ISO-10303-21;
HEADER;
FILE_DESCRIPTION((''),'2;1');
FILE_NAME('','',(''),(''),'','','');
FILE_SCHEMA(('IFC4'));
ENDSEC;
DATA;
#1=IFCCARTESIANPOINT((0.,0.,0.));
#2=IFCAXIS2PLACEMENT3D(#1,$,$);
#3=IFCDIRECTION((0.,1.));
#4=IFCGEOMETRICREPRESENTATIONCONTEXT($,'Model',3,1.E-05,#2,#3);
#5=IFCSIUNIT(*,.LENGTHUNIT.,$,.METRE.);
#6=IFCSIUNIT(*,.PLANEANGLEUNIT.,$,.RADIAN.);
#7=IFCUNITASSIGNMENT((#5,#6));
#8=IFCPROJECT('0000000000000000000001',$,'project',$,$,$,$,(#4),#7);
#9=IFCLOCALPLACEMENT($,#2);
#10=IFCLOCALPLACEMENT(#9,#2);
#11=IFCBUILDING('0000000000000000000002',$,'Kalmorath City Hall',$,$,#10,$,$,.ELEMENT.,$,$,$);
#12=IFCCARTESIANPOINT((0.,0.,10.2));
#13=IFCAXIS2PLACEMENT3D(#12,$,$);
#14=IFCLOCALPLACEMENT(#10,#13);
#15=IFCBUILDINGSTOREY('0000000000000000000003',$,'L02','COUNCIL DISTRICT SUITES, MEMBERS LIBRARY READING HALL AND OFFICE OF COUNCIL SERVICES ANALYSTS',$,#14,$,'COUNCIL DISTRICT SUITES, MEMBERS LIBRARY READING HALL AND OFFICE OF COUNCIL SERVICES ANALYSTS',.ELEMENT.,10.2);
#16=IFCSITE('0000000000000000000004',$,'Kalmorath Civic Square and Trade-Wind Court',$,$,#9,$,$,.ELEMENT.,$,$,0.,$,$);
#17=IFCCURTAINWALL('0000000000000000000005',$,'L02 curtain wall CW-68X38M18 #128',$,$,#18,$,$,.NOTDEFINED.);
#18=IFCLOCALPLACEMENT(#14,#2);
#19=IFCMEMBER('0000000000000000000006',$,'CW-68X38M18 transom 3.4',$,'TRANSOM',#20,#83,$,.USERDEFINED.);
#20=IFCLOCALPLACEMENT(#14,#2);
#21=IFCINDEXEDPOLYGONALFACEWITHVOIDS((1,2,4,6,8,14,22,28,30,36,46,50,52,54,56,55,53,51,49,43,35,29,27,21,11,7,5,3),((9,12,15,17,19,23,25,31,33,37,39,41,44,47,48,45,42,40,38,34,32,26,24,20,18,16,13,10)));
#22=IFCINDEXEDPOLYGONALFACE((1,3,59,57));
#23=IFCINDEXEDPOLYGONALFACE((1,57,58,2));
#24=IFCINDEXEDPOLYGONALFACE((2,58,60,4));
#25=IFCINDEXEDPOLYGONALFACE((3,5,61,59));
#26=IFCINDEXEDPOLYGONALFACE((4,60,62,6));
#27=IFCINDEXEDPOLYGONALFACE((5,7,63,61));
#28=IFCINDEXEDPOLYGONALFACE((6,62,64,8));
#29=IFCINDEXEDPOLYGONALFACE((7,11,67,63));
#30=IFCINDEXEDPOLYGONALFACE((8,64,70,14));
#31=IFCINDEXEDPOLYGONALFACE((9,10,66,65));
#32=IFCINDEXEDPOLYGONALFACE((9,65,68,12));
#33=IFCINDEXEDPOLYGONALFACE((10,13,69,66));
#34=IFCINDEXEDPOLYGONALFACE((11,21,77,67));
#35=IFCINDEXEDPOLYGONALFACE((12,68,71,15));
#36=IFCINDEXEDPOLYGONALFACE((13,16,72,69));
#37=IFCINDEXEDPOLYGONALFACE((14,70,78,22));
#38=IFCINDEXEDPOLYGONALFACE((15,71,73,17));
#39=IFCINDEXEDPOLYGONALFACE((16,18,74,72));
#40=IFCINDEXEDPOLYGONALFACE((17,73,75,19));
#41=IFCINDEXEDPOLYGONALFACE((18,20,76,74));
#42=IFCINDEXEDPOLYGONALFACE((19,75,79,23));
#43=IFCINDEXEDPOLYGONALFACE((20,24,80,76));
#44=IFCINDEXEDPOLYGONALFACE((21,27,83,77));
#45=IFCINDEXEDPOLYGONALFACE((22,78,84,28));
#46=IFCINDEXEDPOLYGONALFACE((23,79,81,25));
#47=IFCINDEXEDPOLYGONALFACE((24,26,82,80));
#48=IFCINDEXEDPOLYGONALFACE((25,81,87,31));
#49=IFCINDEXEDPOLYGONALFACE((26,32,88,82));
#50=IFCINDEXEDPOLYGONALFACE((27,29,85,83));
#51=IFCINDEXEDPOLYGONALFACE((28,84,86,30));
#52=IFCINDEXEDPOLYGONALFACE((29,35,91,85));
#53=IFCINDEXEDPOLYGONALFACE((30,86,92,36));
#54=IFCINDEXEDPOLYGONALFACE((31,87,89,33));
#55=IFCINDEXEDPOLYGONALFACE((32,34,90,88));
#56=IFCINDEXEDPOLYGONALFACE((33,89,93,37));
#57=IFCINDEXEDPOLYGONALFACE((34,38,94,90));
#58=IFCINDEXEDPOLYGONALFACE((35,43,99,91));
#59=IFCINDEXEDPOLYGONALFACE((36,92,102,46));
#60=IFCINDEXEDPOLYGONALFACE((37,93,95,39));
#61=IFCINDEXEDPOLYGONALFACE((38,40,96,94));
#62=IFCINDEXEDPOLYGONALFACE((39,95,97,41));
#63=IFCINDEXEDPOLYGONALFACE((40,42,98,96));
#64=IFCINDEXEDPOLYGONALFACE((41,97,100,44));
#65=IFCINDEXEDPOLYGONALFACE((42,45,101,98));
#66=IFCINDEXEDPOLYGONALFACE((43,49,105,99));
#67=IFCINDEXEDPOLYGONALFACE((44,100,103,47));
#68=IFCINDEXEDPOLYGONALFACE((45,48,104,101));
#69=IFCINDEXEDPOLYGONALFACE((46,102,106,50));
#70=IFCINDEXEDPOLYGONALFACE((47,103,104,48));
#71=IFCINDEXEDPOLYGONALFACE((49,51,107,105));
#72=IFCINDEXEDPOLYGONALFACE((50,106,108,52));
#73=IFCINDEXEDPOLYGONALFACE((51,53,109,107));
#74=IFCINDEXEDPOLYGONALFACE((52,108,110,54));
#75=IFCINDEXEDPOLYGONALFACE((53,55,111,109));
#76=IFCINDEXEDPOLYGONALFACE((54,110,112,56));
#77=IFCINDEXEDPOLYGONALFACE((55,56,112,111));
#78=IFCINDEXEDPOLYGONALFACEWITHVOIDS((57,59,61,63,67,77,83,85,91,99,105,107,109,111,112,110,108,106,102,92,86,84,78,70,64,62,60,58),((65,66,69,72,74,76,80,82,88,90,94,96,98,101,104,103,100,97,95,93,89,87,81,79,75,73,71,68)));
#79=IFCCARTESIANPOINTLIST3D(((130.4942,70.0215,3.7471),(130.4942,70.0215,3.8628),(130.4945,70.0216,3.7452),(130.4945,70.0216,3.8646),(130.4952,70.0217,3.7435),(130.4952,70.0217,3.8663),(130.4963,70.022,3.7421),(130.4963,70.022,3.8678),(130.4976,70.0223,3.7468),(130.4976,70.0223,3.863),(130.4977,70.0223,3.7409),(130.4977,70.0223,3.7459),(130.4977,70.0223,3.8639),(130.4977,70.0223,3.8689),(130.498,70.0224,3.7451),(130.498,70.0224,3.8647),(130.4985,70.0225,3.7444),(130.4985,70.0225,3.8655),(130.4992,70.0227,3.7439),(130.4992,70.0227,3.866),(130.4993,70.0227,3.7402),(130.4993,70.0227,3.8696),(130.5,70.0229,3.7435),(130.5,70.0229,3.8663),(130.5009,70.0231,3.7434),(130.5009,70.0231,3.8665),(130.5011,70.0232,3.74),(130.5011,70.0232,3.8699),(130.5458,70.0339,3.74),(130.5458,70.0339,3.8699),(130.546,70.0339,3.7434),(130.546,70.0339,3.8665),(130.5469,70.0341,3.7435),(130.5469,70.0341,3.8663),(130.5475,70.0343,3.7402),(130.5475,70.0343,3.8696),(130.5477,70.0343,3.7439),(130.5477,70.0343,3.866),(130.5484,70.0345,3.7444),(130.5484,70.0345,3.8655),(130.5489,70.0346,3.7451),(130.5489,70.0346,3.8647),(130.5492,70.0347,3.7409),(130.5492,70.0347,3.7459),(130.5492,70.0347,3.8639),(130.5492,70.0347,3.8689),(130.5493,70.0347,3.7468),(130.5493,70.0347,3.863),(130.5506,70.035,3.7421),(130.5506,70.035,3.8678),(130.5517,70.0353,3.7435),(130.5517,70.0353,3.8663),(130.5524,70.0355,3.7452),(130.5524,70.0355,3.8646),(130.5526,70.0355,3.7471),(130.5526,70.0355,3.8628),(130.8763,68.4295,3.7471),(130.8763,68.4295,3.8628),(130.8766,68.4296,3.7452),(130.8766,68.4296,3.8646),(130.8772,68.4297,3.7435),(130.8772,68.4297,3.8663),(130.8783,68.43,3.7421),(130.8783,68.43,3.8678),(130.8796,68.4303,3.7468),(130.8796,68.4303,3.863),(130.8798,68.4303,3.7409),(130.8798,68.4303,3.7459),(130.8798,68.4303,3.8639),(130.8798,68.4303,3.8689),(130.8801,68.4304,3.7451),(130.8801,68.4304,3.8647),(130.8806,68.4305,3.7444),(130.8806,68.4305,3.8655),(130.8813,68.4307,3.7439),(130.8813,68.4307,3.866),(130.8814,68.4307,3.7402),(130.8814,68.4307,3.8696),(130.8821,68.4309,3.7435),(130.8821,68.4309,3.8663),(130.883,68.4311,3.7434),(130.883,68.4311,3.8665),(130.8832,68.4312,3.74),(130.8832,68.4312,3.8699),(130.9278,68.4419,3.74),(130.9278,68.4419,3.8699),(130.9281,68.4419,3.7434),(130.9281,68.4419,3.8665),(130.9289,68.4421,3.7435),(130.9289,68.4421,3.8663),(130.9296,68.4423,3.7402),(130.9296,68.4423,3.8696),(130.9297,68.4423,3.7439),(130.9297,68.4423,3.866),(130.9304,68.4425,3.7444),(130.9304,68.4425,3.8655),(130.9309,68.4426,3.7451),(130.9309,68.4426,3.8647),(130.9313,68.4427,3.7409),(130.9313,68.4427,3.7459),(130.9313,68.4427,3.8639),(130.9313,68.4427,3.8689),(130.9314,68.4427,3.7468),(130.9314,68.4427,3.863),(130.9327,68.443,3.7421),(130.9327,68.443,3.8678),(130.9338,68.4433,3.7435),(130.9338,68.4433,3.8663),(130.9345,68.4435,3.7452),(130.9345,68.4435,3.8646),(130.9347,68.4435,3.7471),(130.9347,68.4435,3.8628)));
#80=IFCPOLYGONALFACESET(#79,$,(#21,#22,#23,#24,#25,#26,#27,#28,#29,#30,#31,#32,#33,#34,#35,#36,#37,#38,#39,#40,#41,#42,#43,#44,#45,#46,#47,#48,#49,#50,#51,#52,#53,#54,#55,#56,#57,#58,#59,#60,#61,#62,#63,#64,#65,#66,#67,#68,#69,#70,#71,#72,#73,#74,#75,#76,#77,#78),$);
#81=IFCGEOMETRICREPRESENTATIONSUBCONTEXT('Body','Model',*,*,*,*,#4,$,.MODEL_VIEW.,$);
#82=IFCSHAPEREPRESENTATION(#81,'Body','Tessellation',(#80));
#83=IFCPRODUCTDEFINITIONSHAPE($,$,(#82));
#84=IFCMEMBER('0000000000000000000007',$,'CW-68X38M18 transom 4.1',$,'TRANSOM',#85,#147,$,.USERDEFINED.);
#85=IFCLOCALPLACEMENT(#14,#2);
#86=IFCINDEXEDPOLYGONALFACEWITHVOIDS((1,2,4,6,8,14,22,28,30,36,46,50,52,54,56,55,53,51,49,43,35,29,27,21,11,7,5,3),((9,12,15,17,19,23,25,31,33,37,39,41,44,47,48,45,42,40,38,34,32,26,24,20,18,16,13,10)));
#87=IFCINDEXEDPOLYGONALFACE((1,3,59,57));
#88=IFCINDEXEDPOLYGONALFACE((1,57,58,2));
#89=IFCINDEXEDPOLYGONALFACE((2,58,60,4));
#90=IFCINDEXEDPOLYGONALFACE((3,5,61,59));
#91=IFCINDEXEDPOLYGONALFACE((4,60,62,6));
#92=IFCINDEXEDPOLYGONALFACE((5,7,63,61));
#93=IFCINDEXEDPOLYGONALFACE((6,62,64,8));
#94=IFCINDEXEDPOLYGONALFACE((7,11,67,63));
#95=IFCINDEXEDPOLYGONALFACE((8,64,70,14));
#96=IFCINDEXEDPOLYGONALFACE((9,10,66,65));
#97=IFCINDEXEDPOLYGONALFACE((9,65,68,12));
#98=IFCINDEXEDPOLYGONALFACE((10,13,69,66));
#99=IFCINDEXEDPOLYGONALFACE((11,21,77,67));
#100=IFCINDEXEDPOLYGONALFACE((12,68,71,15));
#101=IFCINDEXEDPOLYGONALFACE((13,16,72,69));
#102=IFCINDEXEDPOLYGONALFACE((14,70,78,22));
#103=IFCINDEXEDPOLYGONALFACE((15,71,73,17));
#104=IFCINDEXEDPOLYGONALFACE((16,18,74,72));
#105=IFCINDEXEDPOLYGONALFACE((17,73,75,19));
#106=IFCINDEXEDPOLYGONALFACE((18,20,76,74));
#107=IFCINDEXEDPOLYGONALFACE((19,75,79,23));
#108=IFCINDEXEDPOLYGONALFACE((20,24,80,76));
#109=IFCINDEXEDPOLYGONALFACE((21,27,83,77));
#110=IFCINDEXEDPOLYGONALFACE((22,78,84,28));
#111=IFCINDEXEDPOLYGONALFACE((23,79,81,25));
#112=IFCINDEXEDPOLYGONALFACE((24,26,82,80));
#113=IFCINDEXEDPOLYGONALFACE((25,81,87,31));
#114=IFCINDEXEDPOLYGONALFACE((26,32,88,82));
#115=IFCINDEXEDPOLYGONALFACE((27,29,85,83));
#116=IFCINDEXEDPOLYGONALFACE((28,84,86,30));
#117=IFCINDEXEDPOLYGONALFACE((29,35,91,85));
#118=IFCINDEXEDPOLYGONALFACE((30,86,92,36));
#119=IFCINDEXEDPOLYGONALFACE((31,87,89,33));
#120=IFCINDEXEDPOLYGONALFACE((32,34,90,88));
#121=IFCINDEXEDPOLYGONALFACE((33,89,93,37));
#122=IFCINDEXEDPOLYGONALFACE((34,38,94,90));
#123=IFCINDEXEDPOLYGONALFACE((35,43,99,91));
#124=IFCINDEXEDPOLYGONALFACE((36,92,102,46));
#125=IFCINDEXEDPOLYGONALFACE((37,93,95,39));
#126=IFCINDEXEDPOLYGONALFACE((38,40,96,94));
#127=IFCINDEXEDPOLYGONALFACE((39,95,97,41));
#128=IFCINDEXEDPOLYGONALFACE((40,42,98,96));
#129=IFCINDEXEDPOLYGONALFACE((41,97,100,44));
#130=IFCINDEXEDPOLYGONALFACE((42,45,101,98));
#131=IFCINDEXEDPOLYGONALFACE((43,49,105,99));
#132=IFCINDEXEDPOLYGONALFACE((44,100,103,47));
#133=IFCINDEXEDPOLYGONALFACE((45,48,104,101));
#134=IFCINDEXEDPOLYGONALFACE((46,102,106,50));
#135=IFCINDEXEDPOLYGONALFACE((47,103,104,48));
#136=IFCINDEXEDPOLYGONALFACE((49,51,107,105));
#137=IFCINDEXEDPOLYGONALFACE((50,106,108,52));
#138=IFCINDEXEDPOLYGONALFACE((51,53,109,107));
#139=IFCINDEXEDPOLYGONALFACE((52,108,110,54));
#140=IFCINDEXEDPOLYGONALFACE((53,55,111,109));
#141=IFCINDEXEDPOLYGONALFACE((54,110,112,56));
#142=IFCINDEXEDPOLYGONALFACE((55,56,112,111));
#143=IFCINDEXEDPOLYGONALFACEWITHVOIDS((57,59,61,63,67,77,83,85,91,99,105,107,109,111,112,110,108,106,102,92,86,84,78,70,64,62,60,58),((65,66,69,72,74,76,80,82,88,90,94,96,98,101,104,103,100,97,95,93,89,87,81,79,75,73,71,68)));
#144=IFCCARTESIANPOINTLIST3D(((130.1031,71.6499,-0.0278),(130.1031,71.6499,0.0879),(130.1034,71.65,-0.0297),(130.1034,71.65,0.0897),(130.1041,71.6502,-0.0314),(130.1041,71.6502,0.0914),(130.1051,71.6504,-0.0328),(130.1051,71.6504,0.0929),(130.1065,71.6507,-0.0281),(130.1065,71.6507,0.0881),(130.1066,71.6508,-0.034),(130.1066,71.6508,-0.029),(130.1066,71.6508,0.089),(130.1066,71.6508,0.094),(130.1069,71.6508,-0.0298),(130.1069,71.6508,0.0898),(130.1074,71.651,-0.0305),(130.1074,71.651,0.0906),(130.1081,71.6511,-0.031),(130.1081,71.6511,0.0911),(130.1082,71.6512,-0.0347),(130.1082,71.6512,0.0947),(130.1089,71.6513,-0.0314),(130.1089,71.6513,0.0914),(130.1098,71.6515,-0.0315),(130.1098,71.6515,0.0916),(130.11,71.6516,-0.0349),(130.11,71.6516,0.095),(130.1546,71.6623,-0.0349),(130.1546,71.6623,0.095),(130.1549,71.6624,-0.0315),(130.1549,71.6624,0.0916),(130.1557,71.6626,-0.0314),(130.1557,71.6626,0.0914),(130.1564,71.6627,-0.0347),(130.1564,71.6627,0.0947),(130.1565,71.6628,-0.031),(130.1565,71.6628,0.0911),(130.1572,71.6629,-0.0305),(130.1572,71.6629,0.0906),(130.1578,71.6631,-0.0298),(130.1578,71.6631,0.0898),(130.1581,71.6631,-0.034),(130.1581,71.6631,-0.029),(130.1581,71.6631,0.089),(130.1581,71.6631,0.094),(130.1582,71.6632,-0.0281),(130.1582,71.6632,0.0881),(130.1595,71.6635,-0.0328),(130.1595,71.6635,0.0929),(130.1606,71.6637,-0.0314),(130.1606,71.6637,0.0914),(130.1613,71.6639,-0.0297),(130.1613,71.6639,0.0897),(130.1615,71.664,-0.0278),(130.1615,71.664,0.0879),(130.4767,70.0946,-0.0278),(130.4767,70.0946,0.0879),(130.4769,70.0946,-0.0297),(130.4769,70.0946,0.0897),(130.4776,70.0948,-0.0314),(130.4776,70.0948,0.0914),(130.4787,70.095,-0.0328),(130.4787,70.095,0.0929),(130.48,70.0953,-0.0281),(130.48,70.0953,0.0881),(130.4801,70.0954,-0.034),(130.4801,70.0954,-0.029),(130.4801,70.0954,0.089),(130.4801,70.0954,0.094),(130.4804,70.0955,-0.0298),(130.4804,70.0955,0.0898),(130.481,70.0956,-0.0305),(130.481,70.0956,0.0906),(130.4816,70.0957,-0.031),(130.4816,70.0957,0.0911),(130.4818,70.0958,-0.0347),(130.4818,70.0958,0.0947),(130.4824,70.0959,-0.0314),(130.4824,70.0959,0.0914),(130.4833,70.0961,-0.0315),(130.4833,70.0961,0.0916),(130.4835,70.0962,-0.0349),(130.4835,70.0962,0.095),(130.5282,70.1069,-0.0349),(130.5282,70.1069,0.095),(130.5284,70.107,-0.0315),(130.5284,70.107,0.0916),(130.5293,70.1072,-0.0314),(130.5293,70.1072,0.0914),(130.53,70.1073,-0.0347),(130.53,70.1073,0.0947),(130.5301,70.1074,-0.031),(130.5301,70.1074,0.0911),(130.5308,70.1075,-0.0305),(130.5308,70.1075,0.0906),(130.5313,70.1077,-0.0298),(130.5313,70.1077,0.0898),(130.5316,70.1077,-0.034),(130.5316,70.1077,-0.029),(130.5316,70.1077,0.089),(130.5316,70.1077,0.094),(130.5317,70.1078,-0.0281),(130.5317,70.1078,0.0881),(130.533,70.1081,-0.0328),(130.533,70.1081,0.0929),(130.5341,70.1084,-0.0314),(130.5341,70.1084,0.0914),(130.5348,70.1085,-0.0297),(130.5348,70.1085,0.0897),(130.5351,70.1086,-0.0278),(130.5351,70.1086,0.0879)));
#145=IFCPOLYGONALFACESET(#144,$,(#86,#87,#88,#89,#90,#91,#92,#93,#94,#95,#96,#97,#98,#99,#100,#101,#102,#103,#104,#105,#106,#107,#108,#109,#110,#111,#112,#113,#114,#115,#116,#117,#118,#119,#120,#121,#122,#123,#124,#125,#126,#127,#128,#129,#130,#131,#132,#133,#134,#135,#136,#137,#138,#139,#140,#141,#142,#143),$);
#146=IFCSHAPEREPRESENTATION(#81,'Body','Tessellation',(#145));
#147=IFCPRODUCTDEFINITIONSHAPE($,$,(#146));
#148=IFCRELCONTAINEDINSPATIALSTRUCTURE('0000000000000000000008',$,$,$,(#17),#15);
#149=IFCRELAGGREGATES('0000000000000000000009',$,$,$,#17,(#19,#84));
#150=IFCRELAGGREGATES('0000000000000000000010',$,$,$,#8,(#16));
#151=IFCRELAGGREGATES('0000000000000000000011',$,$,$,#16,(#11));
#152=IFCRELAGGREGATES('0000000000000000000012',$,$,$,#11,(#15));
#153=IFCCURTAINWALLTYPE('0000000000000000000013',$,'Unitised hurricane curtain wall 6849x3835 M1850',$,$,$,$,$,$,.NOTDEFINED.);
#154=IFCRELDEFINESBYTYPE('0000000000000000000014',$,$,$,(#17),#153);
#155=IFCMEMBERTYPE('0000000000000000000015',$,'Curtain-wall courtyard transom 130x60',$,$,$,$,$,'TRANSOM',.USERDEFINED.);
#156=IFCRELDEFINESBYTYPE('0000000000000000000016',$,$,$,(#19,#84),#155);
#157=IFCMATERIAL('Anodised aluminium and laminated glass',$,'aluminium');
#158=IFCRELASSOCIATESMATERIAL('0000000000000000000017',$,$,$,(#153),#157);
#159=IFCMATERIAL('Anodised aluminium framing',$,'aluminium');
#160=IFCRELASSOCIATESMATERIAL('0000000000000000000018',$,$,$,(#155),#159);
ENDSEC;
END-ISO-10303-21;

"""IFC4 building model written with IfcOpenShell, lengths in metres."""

from ifc_helpers import new_model, si_unit, direction, frame, origin, origin_2d, place, context, subcontext, project, spatial, hollow_rectangle, extrude, material, material_profile, profile_set, type_object, element, aggregate, save


model = new_model("IFC4")

# Units and contexts
model_context = context("Model", 3, precision=1e-05, world=origin(), true_north=direction((0.0, 1.0)))
body_context = subcontext(model_context, "Body", "Model", "MODEL_VIEW")
ifc_project = project(units=[si_unit("LENGTHUNIT", "METRE"), si_unit("PLANEANGLEUNIT", "RADIAN")], contexts=[model_context])

# Site, building, storey
site_placement = place(None, origin())
site = spatial("IfcSite", under=ifc_project, at=site_placement, Name="Kalmorath Civic Square and Trade-Wind Court", CompositionType="ELEMENT", RefElevation=0.0)
building_placement = place(site_placement, origin())
building = spatial("IfcBuilding", under=site, at=building_placement, Name="Kalmorath City Hall", CompositionType="ELEMENT")
storey_placement = place(building_placement, frame((0.0, 0.0, 10.2)))
storey = spatial("IfcBuildingStorey", under=building, at=storey_placement, Name="L02", Description="COUNCIL DISTRICT SUITES, MEMBERS LIBRARY READING HALL AND OFFICE OF COUNCIL SERVICES ANALYSTS", LongName="COUNCIL DISTRICT SUITES, MEMBERS LIBRARY READING HALL AND OFFICE OF COUNCIL SERVICES ANALYSTS", CompositionType="ELEMENT", Elevation=10.2)

# Curtain wall, members
ifc_material_1 = material(Name="Anodised aluminium and laminated glass", Category="aluminium")
curtain_wall_type = type_object("IfcCurtainWallType", Name="Unitised hurricane curtain wall 6849x3835 M1850", PredefinedType="NOTDEFINED", material=ifc_material_1)
curtain_wall_1_placement = place(storey_placement, origin())
curtain_wall_1 = element("IfcCurtainWall", 1, at=curtain_wall_1_placement, inside=storey, type_object=curtain_wall_type, Name="L02 curtain wall CW-68X38M18 #128", PredefinedType="NOTDEFINED")
ifc_material_2 = material(Name="Anodised aluminium framing", Category="aluminium")
ifc_material_profile_1 = material_profile(ifc_material_2, hollow_rectangle(XDim=0.0601, YDim=0.1299, WallThickness=0.0034, InnerFilletRadius=0.0034, OuterFilletRadius=0.0071, at=origin_2d()), Name="ALU-TRN-130X60X3.5")
ifc_profile_set_1 = profile_set([ifc_material_profile_1], Name="Anodised aluminium framing")
member_type_1 = type_object("IfcMemberType", Name="Curtain-wall courtyard transom 130x60", ElementType="TRANSOM", PredefinedType="USERDEFINED", material=ifc_profile_set_1)
member_1_placement = place(storey_placement, frame((130.9055, 68.4365, 3.8049), z_axis=(-0.233367, 0.972389, 0.0), x_axis=(-0.972389, -0.233367, 0.0)))
member_1 = element("IfcMember", 2, at=member_1_placement, type_object=member_type_1, Name="CW-68X38M18 transom 3.4", ObjectType="TRANSOM", PredefinedType="USERDEFINED", context=body_context, shape_type="SweptSolid", body=[
    extrude(hollow_rectangle(XDim=0.0601, YDim=0.1299, WallThickness=0.0034, InnerFilletRadius=0.0034, OuterFilletRadius=0.0071, at=origin_2d()), origin(), (0.0, 0.0, 1.0), 1.6372),
])
member_2_placement = place(storey_placement, frame((130.5059, 70.1016, 0.03), z_axis=(-0.233511, 0.972354, 0.0), x_axis=(-0.972354, -0.233511, 0.0)))
member_2 = element("IfcMember", 3, at=member_2_placement, type_object=member_type_1, Name="CW-68X38M18 transom 4.1", ObjectType="TRANSOM", PredefinedType="USERDEFINED", context=body_context, shape_type="SweptSolid", body=[
    extrude(hollow_rectangle(XDim=0.0601, YDim=0.1299, WallThickness=0.0034, InnerFilletRadius=0.0034, OuterFilletRadius=0.0071, at=origin_2d()), origin(), (0.0, 0.0, 1.0), 1.5996),
])

aggregate(curtain_wall_1, [member_1, member_2])

save(model, "model.ifc")
